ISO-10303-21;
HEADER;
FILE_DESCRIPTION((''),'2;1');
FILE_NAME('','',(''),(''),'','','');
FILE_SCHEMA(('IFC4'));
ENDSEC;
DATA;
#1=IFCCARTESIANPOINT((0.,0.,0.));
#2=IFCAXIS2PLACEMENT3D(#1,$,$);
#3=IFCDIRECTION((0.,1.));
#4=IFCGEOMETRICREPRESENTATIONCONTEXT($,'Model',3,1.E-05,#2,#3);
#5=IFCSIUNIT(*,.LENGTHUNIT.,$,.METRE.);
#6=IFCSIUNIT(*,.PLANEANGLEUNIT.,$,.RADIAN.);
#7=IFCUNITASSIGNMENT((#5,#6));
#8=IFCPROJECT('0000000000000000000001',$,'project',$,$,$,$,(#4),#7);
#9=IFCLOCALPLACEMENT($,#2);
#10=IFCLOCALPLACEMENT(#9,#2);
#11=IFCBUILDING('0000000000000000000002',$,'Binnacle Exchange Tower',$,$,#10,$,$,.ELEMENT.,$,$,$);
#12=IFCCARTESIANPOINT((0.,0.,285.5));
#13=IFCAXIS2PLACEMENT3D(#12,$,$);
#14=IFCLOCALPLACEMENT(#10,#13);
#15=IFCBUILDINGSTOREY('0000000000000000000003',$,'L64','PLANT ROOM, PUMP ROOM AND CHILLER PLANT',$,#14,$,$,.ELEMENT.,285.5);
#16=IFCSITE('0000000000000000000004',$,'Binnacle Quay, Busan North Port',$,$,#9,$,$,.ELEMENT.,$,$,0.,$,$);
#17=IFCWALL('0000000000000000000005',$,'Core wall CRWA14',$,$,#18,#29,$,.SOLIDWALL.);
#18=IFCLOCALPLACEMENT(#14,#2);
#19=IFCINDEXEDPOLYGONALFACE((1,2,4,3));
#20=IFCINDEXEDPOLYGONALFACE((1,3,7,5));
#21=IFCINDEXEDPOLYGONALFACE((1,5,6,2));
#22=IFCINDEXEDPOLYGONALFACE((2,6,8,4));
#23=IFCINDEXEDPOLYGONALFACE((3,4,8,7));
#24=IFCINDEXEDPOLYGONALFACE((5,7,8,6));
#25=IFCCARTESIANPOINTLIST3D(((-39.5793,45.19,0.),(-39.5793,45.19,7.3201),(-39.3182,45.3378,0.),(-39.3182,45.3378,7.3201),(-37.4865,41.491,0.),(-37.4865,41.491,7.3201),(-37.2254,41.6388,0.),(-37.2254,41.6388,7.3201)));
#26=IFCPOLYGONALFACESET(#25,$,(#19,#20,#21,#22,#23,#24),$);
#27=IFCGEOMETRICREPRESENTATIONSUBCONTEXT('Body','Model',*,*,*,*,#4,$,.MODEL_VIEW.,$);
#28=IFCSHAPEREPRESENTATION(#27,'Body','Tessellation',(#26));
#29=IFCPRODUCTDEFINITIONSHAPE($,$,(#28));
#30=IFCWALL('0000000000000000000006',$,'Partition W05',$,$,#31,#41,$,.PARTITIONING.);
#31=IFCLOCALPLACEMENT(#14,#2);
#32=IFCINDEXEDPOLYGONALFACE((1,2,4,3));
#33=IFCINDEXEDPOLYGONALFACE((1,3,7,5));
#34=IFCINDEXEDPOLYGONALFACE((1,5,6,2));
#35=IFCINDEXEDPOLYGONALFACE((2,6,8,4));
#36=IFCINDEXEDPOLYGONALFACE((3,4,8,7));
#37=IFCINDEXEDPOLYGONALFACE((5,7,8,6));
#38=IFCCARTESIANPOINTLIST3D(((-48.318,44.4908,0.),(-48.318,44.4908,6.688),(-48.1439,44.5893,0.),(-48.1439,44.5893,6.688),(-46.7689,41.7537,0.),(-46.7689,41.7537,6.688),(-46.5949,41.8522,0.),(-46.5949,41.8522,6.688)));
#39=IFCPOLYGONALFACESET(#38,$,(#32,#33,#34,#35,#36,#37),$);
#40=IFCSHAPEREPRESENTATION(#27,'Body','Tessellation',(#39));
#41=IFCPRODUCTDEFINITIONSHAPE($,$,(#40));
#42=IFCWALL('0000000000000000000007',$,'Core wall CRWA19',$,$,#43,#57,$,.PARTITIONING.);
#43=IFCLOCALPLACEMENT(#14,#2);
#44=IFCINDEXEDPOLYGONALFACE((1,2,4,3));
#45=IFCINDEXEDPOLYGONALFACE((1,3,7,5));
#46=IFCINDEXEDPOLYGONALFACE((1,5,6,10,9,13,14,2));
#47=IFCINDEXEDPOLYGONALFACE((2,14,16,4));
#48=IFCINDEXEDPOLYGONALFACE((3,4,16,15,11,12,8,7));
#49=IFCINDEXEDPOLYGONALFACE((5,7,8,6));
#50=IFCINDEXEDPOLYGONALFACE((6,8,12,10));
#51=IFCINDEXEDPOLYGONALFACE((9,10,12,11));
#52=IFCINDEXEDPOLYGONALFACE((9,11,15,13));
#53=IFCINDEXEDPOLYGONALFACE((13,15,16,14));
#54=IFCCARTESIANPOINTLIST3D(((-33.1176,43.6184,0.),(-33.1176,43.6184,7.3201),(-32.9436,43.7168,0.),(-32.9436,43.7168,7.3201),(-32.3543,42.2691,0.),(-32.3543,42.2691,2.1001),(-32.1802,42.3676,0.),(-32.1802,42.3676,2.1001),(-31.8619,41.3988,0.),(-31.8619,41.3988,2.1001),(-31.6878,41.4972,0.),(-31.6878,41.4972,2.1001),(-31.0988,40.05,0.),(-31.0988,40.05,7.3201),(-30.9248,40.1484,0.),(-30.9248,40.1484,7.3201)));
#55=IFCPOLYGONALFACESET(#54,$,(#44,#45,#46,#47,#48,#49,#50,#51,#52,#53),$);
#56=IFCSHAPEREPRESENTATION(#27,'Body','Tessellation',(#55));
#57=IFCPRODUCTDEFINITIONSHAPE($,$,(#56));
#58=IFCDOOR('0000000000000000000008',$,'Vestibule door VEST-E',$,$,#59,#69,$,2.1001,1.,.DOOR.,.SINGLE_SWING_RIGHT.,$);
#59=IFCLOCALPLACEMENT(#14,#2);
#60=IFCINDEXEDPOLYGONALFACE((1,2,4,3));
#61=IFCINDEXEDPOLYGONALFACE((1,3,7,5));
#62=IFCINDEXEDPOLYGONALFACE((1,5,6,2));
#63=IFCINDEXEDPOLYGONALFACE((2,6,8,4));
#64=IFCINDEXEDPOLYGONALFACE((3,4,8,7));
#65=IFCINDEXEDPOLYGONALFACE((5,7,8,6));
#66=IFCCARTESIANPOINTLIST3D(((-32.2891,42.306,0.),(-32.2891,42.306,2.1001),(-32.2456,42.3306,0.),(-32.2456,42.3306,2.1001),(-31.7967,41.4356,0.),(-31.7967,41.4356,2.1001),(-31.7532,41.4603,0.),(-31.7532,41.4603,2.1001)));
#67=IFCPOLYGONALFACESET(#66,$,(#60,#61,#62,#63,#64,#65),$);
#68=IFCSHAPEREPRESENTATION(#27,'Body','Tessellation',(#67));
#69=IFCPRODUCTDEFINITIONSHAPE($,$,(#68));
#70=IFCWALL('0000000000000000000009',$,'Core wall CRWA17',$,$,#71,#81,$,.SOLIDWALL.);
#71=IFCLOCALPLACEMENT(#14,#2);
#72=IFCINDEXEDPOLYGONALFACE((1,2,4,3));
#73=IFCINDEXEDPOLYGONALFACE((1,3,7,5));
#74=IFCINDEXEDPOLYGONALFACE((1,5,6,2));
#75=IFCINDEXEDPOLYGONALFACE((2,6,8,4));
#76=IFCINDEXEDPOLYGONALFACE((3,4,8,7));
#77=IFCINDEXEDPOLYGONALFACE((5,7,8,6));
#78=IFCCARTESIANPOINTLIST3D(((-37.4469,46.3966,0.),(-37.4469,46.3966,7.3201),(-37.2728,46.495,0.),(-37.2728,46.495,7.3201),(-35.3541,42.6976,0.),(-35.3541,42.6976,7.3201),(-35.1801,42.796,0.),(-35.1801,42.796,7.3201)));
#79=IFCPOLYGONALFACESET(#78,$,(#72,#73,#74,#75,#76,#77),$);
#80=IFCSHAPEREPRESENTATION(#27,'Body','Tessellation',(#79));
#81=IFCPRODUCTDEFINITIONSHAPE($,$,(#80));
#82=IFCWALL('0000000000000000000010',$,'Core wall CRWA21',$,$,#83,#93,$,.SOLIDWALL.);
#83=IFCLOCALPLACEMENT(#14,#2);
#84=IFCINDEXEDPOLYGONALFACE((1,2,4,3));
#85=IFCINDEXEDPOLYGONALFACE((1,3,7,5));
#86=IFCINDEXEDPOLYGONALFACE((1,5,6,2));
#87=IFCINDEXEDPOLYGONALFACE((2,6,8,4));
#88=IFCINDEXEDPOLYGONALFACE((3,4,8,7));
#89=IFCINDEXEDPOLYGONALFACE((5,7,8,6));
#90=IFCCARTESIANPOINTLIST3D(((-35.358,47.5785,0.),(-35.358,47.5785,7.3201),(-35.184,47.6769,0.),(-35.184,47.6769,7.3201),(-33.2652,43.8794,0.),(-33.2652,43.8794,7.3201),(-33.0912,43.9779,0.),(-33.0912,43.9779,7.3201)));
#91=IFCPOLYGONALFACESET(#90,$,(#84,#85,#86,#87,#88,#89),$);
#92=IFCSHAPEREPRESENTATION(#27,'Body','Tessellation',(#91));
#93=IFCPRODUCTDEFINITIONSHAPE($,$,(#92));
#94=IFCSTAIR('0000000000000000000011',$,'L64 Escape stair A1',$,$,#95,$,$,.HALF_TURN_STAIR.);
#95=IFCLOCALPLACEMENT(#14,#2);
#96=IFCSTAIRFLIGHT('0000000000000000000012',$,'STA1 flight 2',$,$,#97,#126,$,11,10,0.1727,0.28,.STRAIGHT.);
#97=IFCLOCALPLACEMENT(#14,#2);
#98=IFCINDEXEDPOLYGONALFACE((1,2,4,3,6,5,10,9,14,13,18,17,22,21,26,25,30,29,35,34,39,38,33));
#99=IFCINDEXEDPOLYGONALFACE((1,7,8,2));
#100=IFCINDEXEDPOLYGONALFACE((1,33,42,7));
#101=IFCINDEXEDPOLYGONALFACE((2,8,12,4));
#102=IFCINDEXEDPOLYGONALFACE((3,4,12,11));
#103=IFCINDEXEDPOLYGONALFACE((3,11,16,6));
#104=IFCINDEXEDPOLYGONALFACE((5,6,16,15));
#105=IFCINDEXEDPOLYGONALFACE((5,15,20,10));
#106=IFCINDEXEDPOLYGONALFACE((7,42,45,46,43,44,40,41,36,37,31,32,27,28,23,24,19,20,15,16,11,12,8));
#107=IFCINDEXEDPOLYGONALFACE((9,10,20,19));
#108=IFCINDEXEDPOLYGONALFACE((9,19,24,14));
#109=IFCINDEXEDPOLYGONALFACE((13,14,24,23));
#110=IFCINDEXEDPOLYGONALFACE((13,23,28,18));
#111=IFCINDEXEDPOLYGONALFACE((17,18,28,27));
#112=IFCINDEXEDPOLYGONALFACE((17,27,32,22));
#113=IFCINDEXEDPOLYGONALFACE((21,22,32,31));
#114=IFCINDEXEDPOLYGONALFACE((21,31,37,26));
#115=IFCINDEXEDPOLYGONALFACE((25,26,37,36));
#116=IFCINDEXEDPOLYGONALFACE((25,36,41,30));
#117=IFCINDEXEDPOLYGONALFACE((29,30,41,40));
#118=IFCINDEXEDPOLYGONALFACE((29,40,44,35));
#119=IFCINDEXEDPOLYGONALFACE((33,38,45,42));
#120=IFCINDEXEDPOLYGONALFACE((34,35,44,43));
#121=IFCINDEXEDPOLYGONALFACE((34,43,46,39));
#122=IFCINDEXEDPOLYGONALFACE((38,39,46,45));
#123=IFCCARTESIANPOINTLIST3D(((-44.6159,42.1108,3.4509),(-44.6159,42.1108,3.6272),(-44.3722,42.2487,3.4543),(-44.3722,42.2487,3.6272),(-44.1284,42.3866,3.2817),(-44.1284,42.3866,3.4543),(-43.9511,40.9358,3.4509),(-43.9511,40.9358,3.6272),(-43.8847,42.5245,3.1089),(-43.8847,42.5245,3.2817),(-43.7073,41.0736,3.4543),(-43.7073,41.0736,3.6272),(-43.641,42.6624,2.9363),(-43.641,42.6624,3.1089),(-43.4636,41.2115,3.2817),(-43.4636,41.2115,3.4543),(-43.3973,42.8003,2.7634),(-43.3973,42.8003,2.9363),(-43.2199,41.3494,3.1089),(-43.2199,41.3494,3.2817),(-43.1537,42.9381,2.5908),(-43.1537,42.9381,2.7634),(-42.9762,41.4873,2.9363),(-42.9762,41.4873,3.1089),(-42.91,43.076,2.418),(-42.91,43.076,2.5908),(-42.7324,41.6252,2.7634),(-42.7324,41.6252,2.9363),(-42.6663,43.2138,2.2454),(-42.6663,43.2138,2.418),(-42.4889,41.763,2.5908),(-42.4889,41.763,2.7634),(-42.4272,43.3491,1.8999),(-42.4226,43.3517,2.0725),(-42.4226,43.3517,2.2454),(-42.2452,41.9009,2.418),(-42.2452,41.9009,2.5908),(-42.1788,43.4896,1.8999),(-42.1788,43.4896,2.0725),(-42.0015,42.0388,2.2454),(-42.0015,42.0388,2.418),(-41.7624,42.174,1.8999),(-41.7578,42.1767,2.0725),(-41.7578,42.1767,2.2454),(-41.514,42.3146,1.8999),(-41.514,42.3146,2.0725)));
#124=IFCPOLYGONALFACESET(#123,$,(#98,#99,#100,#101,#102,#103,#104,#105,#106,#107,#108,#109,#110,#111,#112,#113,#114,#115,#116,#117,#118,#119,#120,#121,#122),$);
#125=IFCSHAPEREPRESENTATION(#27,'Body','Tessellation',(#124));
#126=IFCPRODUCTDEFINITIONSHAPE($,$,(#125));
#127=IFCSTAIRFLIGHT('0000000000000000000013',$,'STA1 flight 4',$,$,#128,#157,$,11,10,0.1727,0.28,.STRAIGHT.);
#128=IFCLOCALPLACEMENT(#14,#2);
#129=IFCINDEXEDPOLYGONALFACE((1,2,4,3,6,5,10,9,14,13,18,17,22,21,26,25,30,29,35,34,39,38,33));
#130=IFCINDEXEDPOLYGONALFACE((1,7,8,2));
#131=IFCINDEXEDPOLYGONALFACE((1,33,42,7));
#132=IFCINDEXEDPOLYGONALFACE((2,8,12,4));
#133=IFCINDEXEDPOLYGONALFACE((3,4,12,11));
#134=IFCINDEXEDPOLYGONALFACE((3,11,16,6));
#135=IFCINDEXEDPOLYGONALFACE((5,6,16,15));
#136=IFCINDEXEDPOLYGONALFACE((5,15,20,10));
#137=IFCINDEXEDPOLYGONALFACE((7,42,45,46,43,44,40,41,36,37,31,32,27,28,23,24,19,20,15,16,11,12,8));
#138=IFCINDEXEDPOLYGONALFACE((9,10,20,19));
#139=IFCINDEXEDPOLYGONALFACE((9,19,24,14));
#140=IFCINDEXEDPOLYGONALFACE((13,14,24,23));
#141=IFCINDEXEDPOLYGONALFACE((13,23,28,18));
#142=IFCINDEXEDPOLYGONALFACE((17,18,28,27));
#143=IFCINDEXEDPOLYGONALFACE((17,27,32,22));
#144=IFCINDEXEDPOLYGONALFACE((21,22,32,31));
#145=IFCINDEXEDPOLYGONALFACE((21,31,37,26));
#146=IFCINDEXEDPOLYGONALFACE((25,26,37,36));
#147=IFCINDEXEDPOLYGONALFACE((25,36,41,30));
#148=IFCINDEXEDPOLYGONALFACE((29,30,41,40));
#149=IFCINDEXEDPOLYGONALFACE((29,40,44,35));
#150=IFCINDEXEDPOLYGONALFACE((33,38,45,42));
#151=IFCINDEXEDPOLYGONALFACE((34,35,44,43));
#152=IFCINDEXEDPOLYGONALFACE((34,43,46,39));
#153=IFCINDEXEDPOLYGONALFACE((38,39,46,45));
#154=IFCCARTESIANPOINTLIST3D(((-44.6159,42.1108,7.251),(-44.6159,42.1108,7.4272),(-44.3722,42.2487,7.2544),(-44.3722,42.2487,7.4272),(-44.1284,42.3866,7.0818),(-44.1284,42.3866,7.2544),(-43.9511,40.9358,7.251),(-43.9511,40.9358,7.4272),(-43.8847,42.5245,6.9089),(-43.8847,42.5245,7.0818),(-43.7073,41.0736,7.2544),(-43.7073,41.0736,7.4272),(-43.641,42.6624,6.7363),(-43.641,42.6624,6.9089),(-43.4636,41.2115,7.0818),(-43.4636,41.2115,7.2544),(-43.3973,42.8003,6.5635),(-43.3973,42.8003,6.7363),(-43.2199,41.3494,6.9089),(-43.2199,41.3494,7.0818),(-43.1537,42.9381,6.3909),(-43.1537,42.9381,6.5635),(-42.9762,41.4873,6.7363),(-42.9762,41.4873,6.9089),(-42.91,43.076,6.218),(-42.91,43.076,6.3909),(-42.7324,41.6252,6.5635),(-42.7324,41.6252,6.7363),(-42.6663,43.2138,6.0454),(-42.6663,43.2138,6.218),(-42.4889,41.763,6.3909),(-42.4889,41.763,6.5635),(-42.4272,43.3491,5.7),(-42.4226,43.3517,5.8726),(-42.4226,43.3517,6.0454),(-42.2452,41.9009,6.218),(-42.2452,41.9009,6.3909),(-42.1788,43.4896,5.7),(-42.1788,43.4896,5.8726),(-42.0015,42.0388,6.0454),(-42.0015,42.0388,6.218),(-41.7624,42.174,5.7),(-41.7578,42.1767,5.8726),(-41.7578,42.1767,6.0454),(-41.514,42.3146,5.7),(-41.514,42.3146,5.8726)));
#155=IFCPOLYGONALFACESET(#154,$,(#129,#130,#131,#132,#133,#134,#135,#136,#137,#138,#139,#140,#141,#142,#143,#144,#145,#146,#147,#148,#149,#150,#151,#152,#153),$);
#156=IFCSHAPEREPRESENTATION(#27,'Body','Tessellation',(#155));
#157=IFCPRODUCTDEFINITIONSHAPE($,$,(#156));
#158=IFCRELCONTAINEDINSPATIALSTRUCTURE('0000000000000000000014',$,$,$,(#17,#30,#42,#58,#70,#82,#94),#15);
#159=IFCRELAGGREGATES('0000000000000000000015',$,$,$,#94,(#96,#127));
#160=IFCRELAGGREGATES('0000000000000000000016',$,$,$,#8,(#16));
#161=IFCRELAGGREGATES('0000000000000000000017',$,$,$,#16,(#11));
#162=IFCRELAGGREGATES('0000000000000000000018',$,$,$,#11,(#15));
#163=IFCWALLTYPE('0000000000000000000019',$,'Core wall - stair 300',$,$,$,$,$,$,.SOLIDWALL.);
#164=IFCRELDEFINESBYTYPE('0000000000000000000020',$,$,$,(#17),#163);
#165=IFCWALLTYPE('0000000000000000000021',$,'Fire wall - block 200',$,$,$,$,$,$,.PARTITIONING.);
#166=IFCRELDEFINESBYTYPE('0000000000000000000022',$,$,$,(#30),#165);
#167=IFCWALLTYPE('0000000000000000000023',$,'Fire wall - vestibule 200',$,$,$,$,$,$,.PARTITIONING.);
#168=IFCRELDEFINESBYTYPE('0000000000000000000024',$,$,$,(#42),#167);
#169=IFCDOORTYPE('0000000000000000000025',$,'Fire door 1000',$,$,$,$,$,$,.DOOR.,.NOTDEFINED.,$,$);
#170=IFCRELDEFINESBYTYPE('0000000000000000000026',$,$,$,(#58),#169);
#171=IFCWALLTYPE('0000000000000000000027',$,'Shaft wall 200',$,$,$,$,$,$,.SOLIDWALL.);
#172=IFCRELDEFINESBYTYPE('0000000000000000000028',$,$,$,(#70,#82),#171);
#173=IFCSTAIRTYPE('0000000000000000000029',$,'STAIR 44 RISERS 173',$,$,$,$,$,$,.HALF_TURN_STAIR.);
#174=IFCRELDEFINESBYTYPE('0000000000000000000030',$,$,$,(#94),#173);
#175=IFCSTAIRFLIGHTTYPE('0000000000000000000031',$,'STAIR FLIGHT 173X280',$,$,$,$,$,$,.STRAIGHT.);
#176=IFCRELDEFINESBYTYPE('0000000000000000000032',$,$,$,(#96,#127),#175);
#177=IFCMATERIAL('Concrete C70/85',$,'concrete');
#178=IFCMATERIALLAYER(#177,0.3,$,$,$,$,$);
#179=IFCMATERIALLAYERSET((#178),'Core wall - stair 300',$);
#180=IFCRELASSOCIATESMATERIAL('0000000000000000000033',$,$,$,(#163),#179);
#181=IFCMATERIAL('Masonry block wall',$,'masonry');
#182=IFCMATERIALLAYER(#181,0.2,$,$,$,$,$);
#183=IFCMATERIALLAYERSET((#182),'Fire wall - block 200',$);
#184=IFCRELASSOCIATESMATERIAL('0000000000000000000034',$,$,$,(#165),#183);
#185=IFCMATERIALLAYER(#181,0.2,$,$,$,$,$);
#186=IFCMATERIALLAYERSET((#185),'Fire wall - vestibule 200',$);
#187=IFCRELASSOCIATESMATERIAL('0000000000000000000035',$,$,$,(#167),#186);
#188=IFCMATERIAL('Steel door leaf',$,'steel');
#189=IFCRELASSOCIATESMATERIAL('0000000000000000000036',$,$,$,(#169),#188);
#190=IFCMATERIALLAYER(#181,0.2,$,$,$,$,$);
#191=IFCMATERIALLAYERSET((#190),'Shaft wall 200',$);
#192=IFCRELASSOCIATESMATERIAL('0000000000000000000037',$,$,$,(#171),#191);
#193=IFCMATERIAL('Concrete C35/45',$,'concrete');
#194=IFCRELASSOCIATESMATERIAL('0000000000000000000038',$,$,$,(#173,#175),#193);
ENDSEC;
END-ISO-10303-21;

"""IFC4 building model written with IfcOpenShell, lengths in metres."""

from ifc_helpers import new_model, si_unit, direction, frame, frame_2d, origin, place, context, subcontext, project, spatial, polyline, rectangle, outline, extrude, material, layer, layer_set, type_object, element, fill, aggregate, save


model = new_model("IFC4")

# Units and contexts
model_context = context("Model", 3, precision=1e-05, world=origin(), true_north=direction((0.0, 1.0)))
body_context = subcontext(model_context, "Body", "Model", "MODEL_VIEW")
ifc_project = project(units=[si_unit("LENGTHUNIT", "METRE"), si_unit("PLANEANGLEUNIT", "RADIAN")], contexts=[model_context])

# Site, building, storey
site_placement = place(None, origin())
site = spatial("IfcSite", under=ifc_project, at=site_placement, Name="Binnacle Quay, Busan North Port", CompositionType="ELEMENT", RefElevation=0.0)
building_placement = place(site_placement, origin())
building = spatial("IfcBuilding", under=site, at=building_placement, Name="Binnacle Exchange Tower", CompositionType="ELEMENT")
storey_placement = place(building_placement, frame((0.0, 0.0, 285.5)))
storey = spatial("IfcBuildingStorey", under=building, at=storey_placement, Name="L64", Description="PLANT ROOM, PUMP ROOM AND CHILLER PLANT", CompositionType="ELEMENT", Elevation=285.5)

# Shared definitions
ifc_material_1 = material(Name="Concrete C70/85", Category="concrete")
ifc_material_2 = material(Name="Steel door leaf", Category="steel")

# Walls
ifc_layer_1 = layer(ifc_material_1, 0.3)
ifc_layer_set_1 = layer_set([ifc_layer_1], Name="Core wall - stair 300")
wall_type_1 = type_object("IfcWallType", Name="Core wall - stair 300", PredefinedType="SOLIDWALL", material=ifc_layer_set_1)
wall_1_placement = place(storey_placement, frame((-39.4487, 45.2639, 0.0), z_axis=(0.0, 0.0, 1.0), x_axis=(0.492423, -0.870356, 0.0)))
element("IfcWall", 1, at=wall_1_placement, inside=storey, type_object=wall_type_1, Name="Core wall CRWA14", PredefinedType="SOLIDWALL", context=body_context, shape_type="SweptSolid", body=[
    extrude(rectangle(XDim=4.25, YDim=0.3, at=frame_2d((2.125, 0.0))), origin(), (0.0, 0.0, 1.0), 7.3201),
])
ifc_material_3 = material(Name="Masonry block wall", Category="masonry")
ifc_layer_2 = layer(ifc_material_3, 0.2)
ifc_layer_set_2 = layer_set([ifc_layer_2], Name="Fire wall - block 200")
wall_type_2 = type_object("IfcWallType", Name="Fire wall - block 200", PredefinedType="PARTITIONING", material=ifc_layer_set_2)
wall_2_placement = place(storey_placement, frame((-48.231, 44.54, 0.0), z_axis=(0.0, 0.0, 1.0), x_axis=(0.492548, -0.870285, 0.0)))
element("IfcWall", 2, at=wall_2_placement, inside=storey, type_object=wall_type_2, Name="Partition W05", PredefinedType="PARTITIONING", context=body_context, shape_type="SweptSolid", body=[
    extrude(rectangle(XDim=3.145, YDim=0.2, at=frame_2d((1.5725, 0.0))), origin(), (0.0, 0.0, 1.0), 6.688),
])

# Wall, opening, door
ifc_layer_3 = layer(ifc_material_3, 0.2)
ifc_layer_set_3 = layer_set([ifc_layer_3], Name="Fire wall - vestibule 200")
wall_type_3 = type_object("IfcWallType", Name="Fire wall - vestibule 200", PredefinedType="PARTITIONING", material=ifc_layer_set_3)
wall_3_placement = place(storey_placement, frame((-33.0305, 43.6675, 0.0), z_axis=(0.0, 0.0, 1.0), x_axis=(0.492408, -0.870364, 0.0)))
wall_3 = element("IfcWall", 3, at=wall_3_placement, inside=storey, type_object=wall_type_3, Name="Core wall CRWA19", PredefinedType="PARTITIONING", context=body_context, shape_type="SweptSolid", body=[
    extrude(rectangle(XDim=4.0999, YDim=0.2, at=frame_2d((2.0498, 0.0))), origin(), (0.0, 0.0, 1.0), 7.3201),
])
opening_1_placement = place(wall_3_placement, frame((1.55, 0.0, 0.0)))
opening_1 = element("IfcOpeningElement", 4, at=opening_1_placement, cuts=wall_3, PredefinedType="OPENING", context=body_context, shape_type="SweptSolid", body=[
    extrude(rectangle(XDim=1.0, YDim=2.1001, at=frame_2d((0.5, 1.05))), frame((0.0, 0.1099, 0.0), z_axis=(0.0, -1.0, 0.0), x_axis=(1.0, 0.0, 0.0)), (0.0, 0.0, 1.0), 0.22),
])
door_type_1 = type_object("IfcDoorType", Name="Fire door 1000", OperationType="NOTDEFINED", PredefinedType="DOOR", material=ifc_material_2)
door_1_placement = place(opening_1_placement, origin())
door_1 = element("IfcDoor", 5, at=door_1_placement, inside=storey, type_object=door_type_1, Name="Vestibule door VEST-E", OperationType="SINGLE_SWING_RIGHT", OverallHeight=2.1001, OverallWidth=1.0, PredefinedType="DOOR", context=body_context, shape_type="SweptSolid", body=[
    extrude(rectangle(XDim=1.0, YDim=2.1001, at=frame_2d((0.5, 1.05))), frame((0.0, 0.0249, 0.0), z_axis=(0.0, -1.0, 0.0), x_axis=(1.0, 0.0, 0.0)), (0.0, 0.0, 1.0), 0.05),
])
fill(opening_1, door_1)

# Walls
ifc_layer_4 = layer(ifc_material_3, 0.2)
ifc_layer_set_4 = layer_set([ifc_layer_4], Name="Shaft wall 200")
wall_type_4 = type_object("IfcWallType", Name="Shaft wall 200", PredefinedType="SOLIDWALL", material=ifc_layer_set_4)
for number, where, z_axis, x_axis, name in (
    (6, (-37.3599, 46.4458, 0.0), (0.0, 0.0, 1.0), (0.492423, -0.870356, 0.0), "Core wall CRWA17"),
    (7, (-35.271, 47.6277, 0.0), (0.0, 0.0, 1.0), (0.492423, -0.870356, 0.0), "Core wall CRWA21"),
):
    element("IfcWall", number, at=place(storey_placement, frame(where, z_axis=z_axis, x_axis=x_axis)), inside=storey, type_object=wall_type_4, Name=name, PredefinedType="SOLIDWALL", context=body_context, shape_type="SweptSolid", body=[
        extrude(rectangle(XDim=4.25, YDim=0.2, at=frame_2d((2.125, 0.0))), origin(), (0.0, 0.0, 1.0), 7.3201),
    ])

# Stair, stair flights
ifc_material_4 = material(Name="Concrete C35/45", Category="concrete")
stair_type = type_object("IfcStairType", Name="STAIR 44 RISERS 173", PredefinedType="HALF_TURN_STAIR", material=ifc_material_4)
stair_placement = place(storey_placement, origin())
stair = element("IfcStair", 8, at=stair_placement, inside=storey, type_object=stair_type, Name="L64 Escape stair A1", PredefinedType="HALF_TURN_STAIR")
stair_flight_type = type_object("IfcStairFlightType", Name="STAIR FLIGHT 173X280", PredefinedType="STRAIGHT", material=ifc_material_4)
stair_flight_1_placement = place(storey_placement, frame((-41.8464, 42.9021, 1.8999), z_axis=(0.0, 0.0, 1.0), x_axis=(-0.870356, -0.492424, 0.0)))
stair_flight_1 = element("IfcStairFlight", 9, at=stair_flight_1_placement, type_object=stair_flight_type, Name="STA1 flight 2", NumberOfRisers=11, NumberOfTreads=10, PredefinedType="STRAIGHT", RiserHeight=0.1727, TreadLength=0.28, context=body_context, shape_type="SweptSolid", body=[
    extrude(outline(polyline([(0.0, 0.0), (0.0, 0.1726), (0.28, 0.1726), (0.28, 0.3455), (0.5601, 0.3455), (0.5601, 0.5181), (0.8401, 0.5181), (0.8401, 0.6909), (1.1201, 0.6909), (1.1201, 0.8635), (1.3999, 0.8635), (1.3999, 1.0364), (1.6799, 1.0364), (1.6799, 1.209), (1.96, 1.209), (1.96, 1.3818), (2.24, 1.3818), (2.24, 1.5544), (2.52, 1.5544), (2.52, 1.7273), (2.8, 1.7273), (2.8, 1.8999), (2.8, 1.551), (0.2854, 0.0), (0.0, 0.0)])), frame((0.0, 0.675, 0.0), z_axis=(0.0, -1.0, 0.0), x_axis=(1.0, 0.0, 0.0)), (0.0, 0.0, 1.0), 1.3501),
])
stair_flight_2_placement = place(storey_placement, frame((-41.8464, 42.9021, 5.7), z_axis=(0.0, 0.0, 1.0), x_axis=(-0.870356, -0.492424, 0.0)))
stair_flight_2 = element("IfcStairFlight", 10, at=stair_flight_2_placement, type_object=stair_flight_type, Name="STA1 flight 4", NumberOfRisers=11, NumberOfTreads=10, PredefinedType="STRAIGHT", RiserHeight=0.1727, TreadLength=0.28, context=body_context, shape_type="SweptSolid", body=[
    extrude(outline(polyline([(0.0, 0.0), (0.0, 0.1726), (0.28, 0.1726), (0.28, 0.3455), (0.5601, 0.3455), (0.5601, 0.5181), (0.8401, 0.5181), (0.8401, 0.6909), (1.1201, 0.6909), (1.1201, 0.8635), (1.3999, 0.8635), (1.3999, 1.0364), (1.6799, 1.0364), (1.6799, 1.209), (1.96, 1.209), (1.96, 1.3818), (2.24, 1.3818), (2.24, 1.5544), (2.52, 1.5544), (2.52, 1.7273), (2.8, 1.7273), (2.8, 1.8999), (2.8, 1.551), (0.2854, 0.0), (0.0, 0.0)])), frame((0.0, 0.675, 0.0), z_axis=(0.0, -1.0, 0.0), x_axis=(1.0, 0.0, 0.0)), (0.0, 0.0, 1.0), 1.3501),
])
aggregate(stair, [stair_flight_1, stair_flight_2])

save(model, "model.ifc")
